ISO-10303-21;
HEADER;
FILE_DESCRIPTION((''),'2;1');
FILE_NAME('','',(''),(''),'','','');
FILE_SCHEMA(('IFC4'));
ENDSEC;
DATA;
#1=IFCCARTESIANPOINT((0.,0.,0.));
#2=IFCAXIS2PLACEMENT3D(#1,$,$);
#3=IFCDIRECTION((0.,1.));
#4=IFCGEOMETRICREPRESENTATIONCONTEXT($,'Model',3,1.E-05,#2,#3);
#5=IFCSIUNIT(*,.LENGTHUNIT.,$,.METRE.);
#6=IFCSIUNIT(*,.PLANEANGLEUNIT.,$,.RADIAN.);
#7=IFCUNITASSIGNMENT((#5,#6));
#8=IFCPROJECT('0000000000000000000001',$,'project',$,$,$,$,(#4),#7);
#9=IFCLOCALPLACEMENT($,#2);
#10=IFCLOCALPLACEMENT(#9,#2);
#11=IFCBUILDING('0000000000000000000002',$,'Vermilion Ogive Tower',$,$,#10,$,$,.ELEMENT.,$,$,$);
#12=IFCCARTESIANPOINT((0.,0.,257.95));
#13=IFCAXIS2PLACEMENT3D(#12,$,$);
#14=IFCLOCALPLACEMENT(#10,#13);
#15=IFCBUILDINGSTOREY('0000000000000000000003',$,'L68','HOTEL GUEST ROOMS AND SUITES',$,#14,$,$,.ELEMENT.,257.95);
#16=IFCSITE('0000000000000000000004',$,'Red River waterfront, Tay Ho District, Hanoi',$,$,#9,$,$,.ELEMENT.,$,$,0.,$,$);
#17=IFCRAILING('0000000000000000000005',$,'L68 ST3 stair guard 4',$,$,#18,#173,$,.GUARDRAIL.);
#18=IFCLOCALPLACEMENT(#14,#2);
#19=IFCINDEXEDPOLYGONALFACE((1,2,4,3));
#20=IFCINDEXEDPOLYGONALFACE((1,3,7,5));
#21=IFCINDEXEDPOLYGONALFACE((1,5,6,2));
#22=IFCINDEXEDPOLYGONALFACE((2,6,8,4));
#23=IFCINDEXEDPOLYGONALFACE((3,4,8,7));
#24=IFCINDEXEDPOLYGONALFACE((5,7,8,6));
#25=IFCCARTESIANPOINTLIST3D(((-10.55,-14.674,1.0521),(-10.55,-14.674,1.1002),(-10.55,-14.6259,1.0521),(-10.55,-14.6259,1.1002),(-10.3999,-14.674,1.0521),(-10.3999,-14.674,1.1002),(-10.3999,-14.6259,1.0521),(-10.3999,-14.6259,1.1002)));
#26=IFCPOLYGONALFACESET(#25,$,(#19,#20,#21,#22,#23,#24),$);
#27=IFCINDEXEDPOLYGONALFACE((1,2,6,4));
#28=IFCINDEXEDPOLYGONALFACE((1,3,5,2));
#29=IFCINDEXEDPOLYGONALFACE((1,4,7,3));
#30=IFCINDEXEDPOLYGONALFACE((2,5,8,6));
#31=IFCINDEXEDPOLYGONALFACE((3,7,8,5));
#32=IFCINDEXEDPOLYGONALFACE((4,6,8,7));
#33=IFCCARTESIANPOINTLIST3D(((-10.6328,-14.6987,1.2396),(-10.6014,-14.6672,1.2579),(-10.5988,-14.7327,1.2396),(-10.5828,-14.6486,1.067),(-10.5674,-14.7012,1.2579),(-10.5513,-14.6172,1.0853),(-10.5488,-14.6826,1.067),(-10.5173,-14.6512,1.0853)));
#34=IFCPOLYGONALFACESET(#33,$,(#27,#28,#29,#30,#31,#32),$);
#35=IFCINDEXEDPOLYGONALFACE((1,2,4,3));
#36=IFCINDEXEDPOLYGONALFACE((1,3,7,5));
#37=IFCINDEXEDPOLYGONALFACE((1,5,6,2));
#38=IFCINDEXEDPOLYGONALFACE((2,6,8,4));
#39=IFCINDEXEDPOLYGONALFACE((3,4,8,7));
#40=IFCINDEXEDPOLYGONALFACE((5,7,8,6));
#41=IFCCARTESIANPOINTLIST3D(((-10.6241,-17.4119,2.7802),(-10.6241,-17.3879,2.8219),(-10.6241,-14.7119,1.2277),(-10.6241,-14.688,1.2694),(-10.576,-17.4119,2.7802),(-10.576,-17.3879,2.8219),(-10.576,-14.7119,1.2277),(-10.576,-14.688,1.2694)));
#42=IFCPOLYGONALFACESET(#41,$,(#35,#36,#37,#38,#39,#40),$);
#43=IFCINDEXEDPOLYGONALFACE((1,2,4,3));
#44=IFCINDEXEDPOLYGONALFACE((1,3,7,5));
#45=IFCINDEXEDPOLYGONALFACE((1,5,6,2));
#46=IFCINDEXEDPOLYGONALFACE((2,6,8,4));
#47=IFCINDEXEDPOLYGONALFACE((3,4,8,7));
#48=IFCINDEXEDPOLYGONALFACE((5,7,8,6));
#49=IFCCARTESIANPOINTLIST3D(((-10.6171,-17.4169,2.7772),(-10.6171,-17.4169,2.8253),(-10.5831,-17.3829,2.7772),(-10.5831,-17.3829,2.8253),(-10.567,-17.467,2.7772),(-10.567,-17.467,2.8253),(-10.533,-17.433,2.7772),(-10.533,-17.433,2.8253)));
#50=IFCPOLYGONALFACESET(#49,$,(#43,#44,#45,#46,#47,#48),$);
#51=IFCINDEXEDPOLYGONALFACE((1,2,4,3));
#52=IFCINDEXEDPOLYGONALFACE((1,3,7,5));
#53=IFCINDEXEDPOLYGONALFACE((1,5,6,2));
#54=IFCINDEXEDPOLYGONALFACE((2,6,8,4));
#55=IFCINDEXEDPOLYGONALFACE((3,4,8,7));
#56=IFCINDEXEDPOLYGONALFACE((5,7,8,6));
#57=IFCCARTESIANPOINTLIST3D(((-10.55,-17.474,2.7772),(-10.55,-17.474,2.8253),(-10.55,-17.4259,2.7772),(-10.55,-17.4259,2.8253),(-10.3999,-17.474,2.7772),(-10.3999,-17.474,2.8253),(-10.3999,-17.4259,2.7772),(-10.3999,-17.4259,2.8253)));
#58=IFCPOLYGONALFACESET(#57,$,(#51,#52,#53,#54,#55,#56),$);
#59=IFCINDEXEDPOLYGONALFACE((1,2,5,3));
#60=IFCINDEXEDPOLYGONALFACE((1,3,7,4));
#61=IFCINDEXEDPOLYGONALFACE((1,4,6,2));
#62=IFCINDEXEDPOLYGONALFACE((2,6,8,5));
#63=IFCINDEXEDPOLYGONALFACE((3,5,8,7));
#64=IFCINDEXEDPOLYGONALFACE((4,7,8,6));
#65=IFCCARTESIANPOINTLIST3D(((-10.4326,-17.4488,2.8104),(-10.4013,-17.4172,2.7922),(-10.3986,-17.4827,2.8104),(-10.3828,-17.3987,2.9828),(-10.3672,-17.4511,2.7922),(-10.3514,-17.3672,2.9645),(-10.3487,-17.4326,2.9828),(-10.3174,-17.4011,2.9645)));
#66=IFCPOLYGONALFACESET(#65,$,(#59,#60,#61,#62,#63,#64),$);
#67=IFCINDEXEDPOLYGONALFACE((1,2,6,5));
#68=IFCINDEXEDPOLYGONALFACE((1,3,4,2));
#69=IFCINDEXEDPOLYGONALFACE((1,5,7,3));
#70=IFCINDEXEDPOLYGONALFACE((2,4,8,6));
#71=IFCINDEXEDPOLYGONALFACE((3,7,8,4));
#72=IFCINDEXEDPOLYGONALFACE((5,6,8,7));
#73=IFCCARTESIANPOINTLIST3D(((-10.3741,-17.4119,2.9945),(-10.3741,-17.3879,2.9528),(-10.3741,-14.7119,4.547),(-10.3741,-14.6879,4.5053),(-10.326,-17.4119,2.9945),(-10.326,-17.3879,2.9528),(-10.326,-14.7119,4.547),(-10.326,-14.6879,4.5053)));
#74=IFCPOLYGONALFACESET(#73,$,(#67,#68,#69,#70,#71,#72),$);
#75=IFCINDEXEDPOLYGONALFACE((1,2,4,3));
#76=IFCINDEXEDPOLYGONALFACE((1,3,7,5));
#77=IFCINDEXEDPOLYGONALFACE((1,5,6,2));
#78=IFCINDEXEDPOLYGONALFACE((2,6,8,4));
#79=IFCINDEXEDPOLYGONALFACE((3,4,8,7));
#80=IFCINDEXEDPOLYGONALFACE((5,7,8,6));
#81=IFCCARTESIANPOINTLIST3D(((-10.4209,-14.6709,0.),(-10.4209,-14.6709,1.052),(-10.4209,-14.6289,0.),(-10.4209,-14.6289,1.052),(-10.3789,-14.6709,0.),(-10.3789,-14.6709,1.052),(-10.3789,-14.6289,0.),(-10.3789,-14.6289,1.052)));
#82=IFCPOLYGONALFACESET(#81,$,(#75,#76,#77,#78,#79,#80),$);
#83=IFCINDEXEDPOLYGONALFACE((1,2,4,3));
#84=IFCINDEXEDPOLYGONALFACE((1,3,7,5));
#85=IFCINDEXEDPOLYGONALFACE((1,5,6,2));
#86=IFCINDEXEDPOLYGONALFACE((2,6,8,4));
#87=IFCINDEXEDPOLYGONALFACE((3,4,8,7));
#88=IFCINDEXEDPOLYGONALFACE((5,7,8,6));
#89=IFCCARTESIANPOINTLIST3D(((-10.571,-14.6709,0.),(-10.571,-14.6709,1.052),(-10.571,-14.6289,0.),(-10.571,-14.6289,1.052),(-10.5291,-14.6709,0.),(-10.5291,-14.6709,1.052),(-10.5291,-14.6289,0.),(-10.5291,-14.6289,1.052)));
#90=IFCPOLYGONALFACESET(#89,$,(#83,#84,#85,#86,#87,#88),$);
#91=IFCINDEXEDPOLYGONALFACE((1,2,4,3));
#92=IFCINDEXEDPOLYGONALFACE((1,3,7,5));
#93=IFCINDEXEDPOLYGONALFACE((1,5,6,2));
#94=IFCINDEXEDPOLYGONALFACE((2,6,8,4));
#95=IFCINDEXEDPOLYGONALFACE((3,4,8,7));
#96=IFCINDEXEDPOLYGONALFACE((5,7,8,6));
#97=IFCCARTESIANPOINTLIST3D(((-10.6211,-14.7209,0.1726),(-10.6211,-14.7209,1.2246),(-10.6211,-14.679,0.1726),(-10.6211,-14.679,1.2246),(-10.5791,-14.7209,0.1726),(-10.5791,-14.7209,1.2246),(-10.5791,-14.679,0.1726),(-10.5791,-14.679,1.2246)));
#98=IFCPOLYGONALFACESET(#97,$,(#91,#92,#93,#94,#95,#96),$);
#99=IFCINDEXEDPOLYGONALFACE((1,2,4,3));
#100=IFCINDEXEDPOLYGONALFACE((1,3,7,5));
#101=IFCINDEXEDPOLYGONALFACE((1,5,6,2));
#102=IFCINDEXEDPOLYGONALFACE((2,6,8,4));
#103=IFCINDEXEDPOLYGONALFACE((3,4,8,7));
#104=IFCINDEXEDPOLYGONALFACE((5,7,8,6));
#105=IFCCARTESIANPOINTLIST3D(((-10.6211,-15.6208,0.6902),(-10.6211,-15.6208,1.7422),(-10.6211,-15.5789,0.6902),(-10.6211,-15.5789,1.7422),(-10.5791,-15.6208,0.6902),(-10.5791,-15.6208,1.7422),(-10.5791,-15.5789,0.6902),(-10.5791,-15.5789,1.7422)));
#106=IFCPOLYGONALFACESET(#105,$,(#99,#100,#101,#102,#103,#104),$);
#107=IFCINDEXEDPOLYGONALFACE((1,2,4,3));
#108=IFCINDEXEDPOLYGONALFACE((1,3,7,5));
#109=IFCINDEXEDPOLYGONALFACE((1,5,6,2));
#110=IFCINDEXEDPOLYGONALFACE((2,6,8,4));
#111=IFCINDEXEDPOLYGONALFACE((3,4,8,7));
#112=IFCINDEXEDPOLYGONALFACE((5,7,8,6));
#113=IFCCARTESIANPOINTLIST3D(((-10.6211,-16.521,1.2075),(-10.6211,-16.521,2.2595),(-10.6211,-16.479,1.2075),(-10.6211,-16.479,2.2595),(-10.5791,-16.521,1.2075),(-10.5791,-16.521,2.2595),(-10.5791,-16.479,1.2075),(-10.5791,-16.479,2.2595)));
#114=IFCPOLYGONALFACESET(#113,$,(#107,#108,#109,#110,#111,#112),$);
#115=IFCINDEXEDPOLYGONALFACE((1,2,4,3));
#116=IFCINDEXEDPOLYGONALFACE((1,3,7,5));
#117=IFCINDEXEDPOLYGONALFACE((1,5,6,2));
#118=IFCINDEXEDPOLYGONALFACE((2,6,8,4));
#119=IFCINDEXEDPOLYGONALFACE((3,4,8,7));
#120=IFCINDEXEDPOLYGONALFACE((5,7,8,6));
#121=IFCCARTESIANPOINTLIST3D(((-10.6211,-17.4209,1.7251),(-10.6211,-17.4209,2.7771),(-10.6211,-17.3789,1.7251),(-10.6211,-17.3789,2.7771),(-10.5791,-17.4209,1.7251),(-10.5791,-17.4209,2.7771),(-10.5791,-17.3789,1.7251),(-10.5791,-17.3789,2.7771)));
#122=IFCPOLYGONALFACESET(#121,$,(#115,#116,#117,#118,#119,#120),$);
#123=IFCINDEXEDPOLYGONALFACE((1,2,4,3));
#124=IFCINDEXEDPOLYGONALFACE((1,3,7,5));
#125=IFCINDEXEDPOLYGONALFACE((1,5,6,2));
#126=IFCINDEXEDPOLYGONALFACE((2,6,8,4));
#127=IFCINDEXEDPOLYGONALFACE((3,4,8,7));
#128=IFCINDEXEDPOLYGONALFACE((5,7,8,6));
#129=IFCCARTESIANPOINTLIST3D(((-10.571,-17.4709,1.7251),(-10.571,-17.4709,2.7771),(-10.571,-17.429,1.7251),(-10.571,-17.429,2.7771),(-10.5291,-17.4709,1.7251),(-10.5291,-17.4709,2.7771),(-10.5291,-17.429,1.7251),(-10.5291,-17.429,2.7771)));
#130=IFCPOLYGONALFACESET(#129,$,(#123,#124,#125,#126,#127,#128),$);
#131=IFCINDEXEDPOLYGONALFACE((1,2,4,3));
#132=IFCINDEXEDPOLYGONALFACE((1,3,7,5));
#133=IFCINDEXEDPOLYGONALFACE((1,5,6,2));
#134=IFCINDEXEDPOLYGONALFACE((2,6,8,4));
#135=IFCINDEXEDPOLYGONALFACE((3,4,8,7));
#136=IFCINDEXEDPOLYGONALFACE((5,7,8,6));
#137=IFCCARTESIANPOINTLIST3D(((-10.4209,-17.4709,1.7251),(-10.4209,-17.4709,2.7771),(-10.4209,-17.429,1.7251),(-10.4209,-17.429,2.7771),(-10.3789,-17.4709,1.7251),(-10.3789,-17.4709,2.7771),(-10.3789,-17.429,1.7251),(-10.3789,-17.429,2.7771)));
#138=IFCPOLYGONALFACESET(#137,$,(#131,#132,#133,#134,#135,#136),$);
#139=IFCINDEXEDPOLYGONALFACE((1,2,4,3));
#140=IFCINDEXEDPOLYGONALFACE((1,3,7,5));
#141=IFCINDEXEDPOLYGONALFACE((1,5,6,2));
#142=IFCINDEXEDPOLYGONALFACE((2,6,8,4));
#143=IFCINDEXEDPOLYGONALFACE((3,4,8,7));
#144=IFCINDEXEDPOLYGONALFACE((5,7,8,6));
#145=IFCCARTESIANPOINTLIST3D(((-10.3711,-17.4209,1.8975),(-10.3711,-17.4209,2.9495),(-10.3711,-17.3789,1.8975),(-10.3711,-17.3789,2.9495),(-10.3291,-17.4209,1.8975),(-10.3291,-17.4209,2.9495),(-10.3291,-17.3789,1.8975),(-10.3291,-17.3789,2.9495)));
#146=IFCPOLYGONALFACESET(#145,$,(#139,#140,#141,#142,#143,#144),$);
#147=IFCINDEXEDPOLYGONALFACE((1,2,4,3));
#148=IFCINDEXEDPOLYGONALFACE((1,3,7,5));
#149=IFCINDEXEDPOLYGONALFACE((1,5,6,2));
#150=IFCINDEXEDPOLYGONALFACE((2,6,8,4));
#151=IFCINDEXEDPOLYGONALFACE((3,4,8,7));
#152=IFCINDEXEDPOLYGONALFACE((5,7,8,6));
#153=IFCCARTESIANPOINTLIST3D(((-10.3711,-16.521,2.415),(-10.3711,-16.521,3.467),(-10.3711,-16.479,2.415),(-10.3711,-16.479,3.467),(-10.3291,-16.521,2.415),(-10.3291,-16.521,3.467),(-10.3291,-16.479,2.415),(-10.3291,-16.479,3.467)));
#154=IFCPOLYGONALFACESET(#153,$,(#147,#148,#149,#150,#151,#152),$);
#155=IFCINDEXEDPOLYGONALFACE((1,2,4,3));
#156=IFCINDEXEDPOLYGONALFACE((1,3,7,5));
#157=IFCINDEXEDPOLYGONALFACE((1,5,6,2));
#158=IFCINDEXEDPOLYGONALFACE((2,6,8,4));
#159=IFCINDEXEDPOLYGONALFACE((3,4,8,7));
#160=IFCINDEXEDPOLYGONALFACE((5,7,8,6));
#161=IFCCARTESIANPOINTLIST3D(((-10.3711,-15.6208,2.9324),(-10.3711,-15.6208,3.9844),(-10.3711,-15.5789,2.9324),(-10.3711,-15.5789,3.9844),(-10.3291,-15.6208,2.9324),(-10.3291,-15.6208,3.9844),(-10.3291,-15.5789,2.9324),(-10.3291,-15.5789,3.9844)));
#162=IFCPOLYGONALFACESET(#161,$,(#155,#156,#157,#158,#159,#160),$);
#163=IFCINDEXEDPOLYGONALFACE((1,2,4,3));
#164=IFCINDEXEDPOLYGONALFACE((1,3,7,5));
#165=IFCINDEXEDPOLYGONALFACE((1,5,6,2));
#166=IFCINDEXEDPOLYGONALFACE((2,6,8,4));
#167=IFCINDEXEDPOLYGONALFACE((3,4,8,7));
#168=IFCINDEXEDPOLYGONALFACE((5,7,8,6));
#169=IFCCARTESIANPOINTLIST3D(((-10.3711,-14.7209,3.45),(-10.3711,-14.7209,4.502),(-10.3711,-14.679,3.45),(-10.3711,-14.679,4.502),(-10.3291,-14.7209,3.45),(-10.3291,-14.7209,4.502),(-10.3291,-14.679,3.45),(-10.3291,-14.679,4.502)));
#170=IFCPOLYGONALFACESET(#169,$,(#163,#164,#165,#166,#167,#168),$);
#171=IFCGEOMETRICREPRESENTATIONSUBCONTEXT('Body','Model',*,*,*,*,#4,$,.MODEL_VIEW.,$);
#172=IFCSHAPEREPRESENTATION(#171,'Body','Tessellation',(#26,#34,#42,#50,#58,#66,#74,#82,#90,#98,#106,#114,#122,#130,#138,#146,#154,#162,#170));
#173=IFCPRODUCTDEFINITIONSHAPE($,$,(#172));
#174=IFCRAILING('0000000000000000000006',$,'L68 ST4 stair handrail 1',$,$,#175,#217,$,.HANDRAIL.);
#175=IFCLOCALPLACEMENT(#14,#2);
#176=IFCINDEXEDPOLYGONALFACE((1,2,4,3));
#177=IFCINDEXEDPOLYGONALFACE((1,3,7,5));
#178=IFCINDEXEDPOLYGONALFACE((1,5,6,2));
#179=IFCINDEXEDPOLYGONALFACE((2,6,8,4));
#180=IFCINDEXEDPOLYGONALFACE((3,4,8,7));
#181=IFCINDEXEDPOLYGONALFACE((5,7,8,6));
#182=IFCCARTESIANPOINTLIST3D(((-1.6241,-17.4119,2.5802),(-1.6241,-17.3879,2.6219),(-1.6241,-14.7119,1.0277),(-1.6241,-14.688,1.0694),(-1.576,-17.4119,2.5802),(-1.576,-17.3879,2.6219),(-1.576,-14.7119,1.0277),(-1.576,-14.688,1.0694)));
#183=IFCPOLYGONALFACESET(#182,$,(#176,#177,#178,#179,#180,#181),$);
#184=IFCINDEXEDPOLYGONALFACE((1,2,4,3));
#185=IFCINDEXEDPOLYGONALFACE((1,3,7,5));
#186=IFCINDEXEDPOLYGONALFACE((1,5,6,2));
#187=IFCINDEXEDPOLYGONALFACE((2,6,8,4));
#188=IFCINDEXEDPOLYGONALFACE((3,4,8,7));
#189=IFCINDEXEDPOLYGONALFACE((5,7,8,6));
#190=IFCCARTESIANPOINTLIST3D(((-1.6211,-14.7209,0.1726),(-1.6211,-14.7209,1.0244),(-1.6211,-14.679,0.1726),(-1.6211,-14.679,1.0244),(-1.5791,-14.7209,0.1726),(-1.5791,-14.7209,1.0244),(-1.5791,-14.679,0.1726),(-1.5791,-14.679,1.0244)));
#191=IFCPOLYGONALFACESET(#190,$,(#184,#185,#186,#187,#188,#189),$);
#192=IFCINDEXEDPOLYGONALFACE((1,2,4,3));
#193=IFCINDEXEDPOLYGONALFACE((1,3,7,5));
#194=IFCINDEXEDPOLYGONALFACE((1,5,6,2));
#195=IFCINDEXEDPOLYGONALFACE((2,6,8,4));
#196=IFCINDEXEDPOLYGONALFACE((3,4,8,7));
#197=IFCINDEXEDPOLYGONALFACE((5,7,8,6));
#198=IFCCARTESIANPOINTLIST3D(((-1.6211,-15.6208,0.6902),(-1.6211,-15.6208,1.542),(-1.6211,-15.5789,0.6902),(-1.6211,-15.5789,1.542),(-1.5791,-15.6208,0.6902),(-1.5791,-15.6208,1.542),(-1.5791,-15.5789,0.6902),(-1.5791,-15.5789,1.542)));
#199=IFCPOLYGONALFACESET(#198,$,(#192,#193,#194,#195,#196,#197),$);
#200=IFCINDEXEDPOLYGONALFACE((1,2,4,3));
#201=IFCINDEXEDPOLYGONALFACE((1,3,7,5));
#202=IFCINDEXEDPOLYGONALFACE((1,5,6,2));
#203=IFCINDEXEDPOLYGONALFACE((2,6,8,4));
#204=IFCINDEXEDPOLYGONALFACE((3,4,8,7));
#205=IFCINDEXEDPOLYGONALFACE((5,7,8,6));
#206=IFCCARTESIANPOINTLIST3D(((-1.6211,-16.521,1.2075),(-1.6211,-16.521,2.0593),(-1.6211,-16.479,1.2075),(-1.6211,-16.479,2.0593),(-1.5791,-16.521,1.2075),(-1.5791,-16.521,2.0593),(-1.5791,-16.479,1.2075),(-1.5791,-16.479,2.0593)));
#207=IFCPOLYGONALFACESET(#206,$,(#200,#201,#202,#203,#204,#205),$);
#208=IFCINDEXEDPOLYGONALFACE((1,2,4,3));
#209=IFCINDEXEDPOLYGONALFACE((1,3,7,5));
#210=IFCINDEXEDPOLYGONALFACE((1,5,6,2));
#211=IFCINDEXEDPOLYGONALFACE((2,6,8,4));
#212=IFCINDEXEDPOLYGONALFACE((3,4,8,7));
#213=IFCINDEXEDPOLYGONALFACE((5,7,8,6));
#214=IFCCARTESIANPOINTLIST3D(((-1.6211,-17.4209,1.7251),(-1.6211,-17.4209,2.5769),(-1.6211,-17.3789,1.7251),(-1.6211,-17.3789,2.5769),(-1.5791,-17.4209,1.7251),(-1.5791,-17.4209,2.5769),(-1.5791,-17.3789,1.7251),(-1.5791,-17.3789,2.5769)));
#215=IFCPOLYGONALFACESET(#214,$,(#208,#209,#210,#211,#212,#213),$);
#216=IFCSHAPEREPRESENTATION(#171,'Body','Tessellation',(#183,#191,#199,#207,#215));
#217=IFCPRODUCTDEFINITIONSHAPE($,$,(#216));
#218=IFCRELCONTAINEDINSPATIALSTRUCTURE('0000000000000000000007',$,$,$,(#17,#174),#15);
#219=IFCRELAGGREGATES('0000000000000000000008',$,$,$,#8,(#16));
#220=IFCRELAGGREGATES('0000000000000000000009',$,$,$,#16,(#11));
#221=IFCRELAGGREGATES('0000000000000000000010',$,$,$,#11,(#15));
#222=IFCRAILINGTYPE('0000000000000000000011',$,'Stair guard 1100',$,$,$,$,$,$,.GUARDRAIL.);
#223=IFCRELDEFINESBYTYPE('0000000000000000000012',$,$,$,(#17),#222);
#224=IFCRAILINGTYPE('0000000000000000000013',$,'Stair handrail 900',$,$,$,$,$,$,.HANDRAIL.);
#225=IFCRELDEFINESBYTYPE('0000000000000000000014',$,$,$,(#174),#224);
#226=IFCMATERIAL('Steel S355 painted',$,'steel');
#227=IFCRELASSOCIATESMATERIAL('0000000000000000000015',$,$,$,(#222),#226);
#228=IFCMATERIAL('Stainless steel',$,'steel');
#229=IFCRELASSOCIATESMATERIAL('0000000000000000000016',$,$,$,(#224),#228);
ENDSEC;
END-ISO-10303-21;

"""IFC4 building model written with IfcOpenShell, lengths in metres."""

from ifc_helpers import new_model, si_unit, direction, frame, origin, origin_2d, place, context, subcontext, project, spatial, rectangle, extrude, material, type_object, element, save


model = new_model("IFC4")

# Units and contexts
model_context = context("Model", 3, precision=1e-05, world=origin(), true_north=direction((0.0, 1.0)))
body_context = subcontext(model_context, "Body", "Model", "MODEL_VIEW")
ifc_project = project(units=[si_unit("LENGTHUNIT", "METRE"), si_unit("PLANEANGLEUNIT", "RADIAN")], contexts=[model_context])

# Site, building, storey
site_placement = place(None, origin())
site = spatial("IfcSite", under=ifc_project, at=site_placement, Name="Red River waterfront, Tay Ho District, Hanoi", CompositionType="ELEMENT", RefElevation=0.0)
building_placement = place(site_placement, origin())
building = spatial("IfcBuilding", under=site, at=building_placement, Name="Vermilion Ogive Tower", CompositionType="ELEMENT")
storey_placement = place(building_placement, frame((0.0, 0.0, 257.95)))
storey = spatial("IfcBuildingStorey", under=building, at=storey_placement, Name="L68", Description="HOTEL GUEST ROOMS AND SUITES", CompositionType="ELEMENT", Elevation=257.95)

# Railings
ifc_material_1 = material(Name="Steel S355 painted", Category="steel")
railing_type_1 = type_object("IfcRailingType", Name="Stair guard 1100", PredefinedType="GUARDRAIL", material=ifc_material_1)
railing_1_placement = place(storey_placement, frame((-10.3999, -14.6499, 0.0)))
element("IfcRailing", 1, at=railing_1_placement, inside=storey, type_object=railing_type_1, Name="L68 ST3 stair guard 4", PredefinedType="GUARDRAIL", context=body_context, shape_type="SweptSolid", body=[
    extrude(rectangle(XDim=0.0481, YDim=0.0481, at=origin_2d()), frame((0.0, 0.0, 1.0762), z_axis=(-1.0, 0.0, 0.0), x_axis=(0.0, -1.0, 0.0)), (0.0, 0.0, 1.0), 0.1501),
    extrude(rectangle(XDim=0.0481, YDim=0.0481, at=origin_2d()), frame((-0.1501, 0.0, 1.0762), z_axis=(-0.268278, -0.268278, 0.925232), x_axis=(0.707107, -0.707107, 0.0)), (0.0, 0.0, 1.0), 0.1865),
    extrude(rectangle(XDim=0.0481, YDim=0.0481, at=origin_2d()), frame((-0.2002, -0.05, 1.2485), z_axis=(0.0, -0.866904, 0.498476), x_axis=(1.0, 0.0, 0.0)), (0.0, 0.0, 1.0), 3.1145),
    extrude(rectangle(XDim=0.0481, YDim=0.0481, at=origin_2d()), frame((-0.2002, -2.75, 2.8013), z_axis=(0.707107, -0.707107, 0.0), x_axis=(0.707107, 0.707107, 0.0)), (0.0, 0.0, 1.0), 0.0708),
    extrude(rectangle(XDim=0.0481, YDim=0.0481, at=origin_2d()), frame((-0.1501, -2.8, 2.8013), z_axis=(1.0, 0.0, 0.0), x_axis=(0.0, 1.0, 0.0)), (0.0, 0.0, 1.0), 0.1501),
    extrude(rectangle(XDim=0.0481, YDim=0.0481, at=origin_2d()), frame((0.0, -2.8, 2.8013), z_axis=(0.267387, 0.268698, 0.925368), x_axis=(-0.708834, 0.705376, 0.0)), (0.0, 0.0, 1.0), 0.1863),
    extrude(rectangle(XDim=0.0481, YDim=0.0481, at=origin_2d()), frame((0.0498, -2.75, 2.9736), z_axis=(0.0, 0.866904, 0.498476), x_axis=(-1.0, 0.0, 0.0)), (0.0, 0.0, 1.0), 3.1145),
    extrude(rectangle(XDim=0.042, YDim=0.042, at=origin_2d()), origin(), (0.0, 0.0, 1.0), 1.052),
    extrude(rectangle(XDim=0.042, YDim=0.042, at=origin_2d()), frame((-0.1501, 0.0, 0.0)), (0.0, 0.0, 1.0), 1.052),
    extrude(rectangle(XDim=0.042, YDim=0.042, at=origin_2d()), frame((-0.2002, -0.05, 0.1726)), (0.0, 0.0, 1.0), 1.052),
    extrude(rectangle(XDim=0.042, YDim=0.042, at=origin_2d()), frame((-0.2002, -0.95, 0.6902)), (0.0, 0.0, 1.0), 1.052),
    extrude(rectangle(XDim=0.042, YDim=0.042, at=origin_2d()), frame((-0.2002, -1.8501, 1.2075)), (0.0, 0.0, 1.0), 1.052),
    extrude(rectangle(XDim=0.042, YDim=0.042, at=origin_2d()), frame((-0.2002, -2.75, 1.7251)), (0.0, 0.0, 1.0), 1.052),
    extrude(rectangle(XDim=0.042, YDim=0.042, at=origin_2d()), frame((-0.1501, -2.8, 1.7251)), (0.0, 0.0, 1.0), 1.052),
    extrude(rectangle(XDim=0.042, YDim=0.042, at=origin_2d()), frame((0.0, -2.8, 1.7251)), (0.0, 0.0, 1.0), 1.052),
    extrude(rectangle(XDim=0.042, YDim=0.042, at=origin_2d()), frame((0.0498, -2.75, 1.8975)), (0.0, 0.0, 1.0), 1.052),
    extrude(rectangle(XDim=0.042, YDim=0.042, at=origin_2d()), frame((0.0498, -1.8501, 2.415)), (0.0, 0.0, 1.0), 1.052),
    extrude(rectangle(XDim=0.042, YDim=0.042, at=origin_2d()), frame((0.0498, -0.95, 2.9324)), (0.0, 0.0, 1.0), 1.052),
    extrude(rectangle(XDim=0.042, YDim=0.042, at=origin_2d()), frame((0.0498, -0.05, 3.45)), (0.0, 0.0, 1.0), 1.052),
])
ifc_material_2 = material(Name="Stainless steel", Category="steel")
railing_type_2 = type_object("IfcRailingType", Name="Stair handrail 900", PredefinedType="HANDRAIL", material=ifc_material_2)
railing_2_placement = place(storey_placement, frame((-1.6001, -14.7, 0.1726)))
element("IfcRailing", 2, at=railing_2_placement, inside=storey, type_object=railing_type_2, Name="L68 ST4 stair handrail 1", PredefinedType="HANDRAIL", context=body_context, shape_type="SweptSolid", body=[
    extrude(rectangle(XDim=0.0481, YDim=0.0481, at=origin_2d()), frame((0.0, 0.0, 0.876), z_axis=(0.0, -0.866904, 0.498476), x_axis=(1.0, 0.0, 0.0)), (0.0, 0.0, 1.0), 3.1145),
    extrude(rectangle(XDim=0.042, YDim=0.042, at=origin_2d()), origin(), (0.0, 0.0, 1.0), 0.8518),
    extrude(rectangle(XDim=0.042, YDim=0.042, at=origin_2d()), frame((0.0, -0.8999, 0.5176)), (0.0, 0.0, 1.0), 0.8518),
    extrude(rectangle(XDim=0.042, YDim=0.042, at=origin_2d()), frame((0.0, -1.8, 1.0349)), (0.0, 0.0, 1.0), 0.8518),
    extrude(rectangle(XDim=0.042, YDim=0.042, at=origin_2d()), frame((0.0, -2.7, 1.5525)), (0.0, 0.0, 1.0), 0.8518),
])

save(model, "model.ifc")
